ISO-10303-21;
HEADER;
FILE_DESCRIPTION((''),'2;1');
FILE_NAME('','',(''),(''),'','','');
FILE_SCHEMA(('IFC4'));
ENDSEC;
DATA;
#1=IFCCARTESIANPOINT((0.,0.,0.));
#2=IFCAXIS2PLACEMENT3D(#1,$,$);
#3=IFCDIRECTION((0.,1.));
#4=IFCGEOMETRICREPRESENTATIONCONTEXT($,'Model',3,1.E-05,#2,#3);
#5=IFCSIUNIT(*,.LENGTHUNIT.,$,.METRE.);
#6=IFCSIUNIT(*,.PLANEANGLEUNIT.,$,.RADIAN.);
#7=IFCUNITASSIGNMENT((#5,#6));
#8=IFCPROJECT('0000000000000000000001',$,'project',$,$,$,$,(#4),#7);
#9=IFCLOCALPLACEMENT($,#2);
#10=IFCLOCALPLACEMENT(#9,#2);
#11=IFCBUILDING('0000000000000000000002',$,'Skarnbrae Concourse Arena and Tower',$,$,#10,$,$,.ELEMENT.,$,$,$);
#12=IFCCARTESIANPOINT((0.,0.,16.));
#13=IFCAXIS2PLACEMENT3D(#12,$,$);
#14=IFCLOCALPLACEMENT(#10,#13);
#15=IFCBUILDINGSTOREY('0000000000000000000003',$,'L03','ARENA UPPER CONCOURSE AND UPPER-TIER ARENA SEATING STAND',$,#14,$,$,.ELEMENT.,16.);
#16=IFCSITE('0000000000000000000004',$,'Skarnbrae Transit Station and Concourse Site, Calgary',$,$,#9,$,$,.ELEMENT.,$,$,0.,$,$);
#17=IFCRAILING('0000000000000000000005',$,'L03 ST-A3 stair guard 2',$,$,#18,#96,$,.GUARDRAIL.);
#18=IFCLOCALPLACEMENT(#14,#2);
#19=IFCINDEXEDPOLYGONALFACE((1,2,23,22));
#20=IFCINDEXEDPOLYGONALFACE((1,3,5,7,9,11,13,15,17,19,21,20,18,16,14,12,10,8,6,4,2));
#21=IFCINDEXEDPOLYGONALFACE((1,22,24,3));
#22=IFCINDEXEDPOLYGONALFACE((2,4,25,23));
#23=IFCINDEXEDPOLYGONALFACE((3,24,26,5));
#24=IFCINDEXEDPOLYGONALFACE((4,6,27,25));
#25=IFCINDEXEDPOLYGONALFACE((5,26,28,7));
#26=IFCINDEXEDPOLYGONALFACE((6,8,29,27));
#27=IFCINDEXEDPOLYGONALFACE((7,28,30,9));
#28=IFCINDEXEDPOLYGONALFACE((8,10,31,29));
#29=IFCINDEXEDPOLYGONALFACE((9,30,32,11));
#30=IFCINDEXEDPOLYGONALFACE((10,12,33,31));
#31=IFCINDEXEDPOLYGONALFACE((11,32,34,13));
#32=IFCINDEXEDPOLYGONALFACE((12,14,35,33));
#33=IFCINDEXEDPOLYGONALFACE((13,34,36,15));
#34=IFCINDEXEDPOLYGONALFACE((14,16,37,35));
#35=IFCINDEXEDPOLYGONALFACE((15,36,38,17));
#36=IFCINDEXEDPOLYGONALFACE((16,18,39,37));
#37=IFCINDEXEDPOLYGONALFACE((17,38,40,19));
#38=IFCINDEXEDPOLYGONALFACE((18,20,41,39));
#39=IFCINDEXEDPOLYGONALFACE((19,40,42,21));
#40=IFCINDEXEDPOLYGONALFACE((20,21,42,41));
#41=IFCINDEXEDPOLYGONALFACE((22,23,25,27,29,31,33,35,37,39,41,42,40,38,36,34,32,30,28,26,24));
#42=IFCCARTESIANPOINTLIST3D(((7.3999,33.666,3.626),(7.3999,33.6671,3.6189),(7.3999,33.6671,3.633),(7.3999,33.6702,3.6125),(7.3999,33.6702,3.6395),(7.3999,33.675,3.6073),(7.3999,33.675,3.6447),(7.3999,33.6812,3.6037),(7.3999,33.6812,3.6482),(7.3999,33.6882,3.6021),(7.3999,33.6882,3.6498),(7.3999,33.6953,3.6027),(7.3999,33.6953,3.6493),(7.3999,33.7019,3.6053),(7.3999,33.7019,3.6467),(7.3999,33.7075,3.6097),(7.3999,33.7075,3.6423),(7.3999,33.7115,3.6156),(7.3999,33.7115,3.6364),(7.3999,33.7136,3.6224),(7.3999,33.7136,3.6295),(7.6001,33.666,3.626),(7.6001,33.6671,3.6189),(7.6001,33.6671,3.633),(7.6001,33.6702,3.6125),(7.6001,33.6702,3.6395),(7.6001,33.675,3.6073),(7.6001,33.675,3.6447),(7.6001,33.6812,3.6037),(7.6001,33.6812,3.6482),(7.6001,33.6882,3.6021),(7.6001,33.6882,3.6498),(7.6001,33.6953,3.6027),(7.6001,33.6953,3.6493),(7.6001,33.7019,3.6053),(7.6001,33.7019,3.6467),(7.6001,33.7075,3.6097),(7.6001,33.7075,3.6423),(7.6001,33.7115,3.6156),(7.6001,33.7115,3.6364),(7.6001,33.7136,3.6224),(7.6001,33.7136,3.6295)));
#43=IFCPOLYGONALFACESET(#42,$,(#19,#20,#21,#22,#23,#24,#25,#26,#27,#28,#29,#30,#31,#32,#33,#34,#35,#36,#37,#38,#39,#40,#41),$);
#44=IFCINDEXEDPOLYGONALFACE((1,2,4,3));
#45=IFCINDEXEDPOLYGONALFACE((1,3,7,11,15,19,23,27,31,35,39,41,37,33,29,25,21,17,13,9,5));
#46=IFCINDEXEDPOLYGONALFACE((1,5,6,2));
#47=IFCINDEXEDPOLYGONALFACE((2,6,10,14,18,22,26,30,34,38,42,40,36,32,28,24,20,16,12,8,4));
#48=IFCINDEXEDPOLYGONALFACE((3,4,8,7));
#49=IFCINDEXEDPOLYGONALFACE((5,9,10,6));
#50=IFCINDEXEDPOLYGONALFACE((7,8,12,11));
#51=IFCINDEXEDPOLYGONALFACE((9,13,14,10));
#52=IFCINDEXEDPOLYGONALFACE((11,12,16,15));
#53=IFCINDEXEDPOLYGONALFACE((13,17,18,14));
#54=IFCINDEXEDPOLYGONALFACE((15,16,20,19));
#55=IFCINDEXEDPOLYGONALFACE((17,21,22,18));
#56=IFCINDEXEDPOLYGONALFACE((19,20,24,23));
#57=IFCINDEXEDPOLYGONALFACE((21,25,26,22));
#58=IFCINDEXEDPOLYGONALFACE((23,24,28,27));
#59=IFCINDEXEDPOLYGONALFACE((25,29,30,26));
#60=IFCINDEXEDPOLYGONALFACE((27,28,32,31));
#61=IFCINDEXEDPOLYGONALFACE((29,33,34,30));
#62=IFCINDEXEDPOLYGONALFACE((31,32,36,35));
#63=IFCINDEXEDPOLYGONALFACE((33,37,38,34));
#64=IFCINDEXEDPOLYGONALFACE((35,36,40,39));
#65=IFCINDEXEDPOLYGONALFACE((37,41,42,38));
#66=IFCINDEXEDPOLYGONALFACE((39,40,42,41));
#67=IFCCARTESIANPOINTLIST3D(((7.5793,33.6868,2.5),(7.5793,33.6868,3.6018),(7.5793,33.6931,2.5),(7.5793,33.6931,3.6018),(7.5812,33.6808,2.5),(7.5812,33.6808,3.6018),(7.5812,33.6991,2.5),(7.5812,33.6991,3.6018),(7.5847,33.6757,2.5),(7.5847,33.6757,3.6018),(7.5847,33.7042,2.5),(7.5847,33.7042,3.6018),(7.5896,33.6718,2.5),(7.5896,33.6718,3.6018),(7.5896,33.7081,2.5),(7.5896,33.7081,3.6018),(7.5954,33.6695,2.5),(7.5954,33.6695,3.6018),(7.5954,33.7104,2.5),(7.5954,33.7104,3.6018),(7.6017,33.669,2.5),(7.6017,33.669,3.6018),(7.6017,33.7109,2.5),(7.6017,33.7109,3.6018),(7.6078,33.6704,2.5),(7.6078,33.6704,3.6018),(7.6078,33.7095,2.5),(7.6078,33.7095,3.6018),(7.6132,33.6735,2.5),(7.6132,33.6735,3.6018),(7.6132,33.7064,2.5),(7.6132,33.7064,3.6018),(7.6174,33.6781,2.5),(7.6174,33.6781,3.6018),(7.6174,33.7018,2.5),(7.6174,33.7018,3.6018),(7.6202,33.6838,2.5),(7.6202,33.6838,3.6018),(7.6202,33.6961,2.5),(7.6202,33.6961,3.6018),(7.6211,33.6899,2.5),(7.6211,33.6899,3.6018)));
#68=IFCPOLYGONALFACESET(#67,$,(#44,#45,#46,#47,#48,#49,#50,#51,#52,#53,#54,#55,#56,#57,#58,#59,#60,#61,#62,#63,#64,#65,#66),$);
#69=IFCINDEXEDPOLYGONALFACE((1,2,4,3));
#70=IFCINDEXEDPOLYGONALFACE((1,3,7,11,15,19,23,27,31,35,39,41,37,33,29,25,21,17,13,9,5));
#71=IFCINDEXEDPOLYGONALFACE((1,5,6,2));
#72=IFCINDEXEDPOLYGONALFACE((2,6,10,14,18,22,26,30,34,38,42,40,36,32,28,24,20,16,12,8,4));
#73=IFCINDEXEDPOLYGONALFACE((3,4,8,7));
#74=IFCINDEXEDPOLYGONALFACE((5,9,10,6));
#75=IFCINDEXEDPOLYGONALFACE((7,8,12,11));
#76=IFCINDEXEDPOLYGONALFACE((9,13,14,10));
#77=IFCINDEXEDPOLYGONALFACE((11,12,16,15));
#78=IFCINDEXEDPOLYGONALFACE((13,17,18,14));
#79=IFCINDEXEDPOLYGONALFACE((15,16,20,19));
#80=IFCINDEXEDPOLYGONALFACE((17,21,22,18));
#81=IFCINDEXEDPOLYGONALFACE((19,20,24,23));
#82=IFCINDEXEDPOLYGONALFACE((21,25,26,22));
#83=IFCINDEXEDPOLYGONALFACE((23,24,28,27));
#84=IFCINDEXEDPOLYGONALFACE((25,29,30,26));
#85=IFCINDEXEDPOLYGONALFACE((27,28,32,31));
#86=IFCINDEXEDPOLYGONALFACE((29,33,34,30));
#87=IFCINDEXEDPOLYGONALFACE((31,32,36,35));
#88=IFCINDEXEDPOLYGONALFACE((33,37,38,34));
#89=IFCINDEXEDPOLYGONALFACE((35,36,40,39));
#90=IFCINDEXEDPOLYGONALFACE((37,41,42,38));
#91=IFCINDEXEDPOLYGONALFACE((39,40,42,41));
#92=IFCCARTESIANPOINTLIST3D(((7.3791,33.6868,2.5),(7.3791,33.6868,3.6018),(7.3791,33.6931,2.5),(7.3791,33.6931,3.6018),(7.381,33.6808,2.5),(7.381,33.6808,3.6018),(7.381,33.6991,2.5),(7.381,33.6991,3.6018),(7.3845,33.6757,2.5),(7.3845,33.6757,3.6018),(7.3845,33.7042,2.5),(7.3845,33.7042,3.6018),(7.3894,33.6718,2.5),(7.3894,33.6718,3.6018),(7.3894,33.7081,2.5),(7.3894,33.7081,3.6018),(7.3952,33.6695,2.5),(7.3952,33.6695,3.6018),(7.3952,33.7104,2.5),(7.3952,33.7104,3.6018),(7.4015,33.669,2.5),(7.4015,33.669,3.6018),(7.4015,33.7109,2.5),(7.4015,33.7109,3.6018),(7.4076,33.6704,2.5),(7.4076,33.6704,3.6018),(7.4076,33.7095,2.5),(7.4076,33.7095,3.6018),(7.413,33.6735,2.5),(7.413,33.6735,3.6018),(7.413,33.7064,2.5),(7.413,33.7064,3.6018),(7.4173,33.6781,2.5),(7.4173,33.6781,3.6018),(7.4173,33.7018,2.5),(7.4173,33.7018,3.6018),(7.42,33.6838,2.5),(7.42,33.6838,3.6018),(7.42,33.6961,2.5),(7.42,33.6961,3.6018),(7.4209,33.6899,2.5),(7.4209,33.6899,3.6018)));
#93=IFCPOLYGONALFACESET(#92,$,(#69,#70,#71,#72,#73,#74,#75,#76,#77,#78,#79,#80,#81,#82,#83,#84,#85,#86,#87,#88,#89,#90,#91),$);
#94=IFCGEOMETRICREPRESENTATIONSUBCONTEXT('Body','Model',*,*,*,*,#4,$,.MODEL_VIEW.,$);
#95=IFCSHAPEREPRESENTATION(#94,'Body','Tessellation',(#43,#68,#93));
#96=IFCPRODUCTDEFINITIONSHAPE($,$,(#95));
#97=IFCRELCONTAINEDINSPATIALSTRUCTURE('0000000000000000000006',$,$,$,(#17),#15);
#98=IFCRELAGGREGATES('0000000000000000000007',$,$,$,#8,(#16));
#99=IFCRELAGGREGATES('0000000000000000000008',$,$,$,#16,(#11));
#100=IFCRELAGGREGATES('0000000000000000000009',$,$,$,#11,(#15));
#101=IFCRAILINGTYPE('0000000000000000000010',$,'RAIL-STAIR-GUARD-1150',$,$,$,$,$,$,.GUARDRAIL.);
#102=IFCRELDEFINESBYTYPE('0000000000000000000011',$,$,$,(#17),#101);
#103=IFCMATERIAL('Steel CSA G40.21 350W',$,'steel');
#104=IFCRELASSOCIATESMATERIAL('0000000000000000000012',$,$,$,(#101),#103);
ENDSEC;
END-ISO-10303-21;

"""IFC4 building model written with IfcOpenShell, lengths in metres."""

from ifc_helpers import new_model, si_unit, direction, frame, origin, origin_2d, place, context, subcontext, project, spatial, circle, extrude, material, type_object, element, save


model = new_model("IFC4")

# Units and contexts
model_context = context("Model", 3, precision=1e-05, world=origin(), true_north=direction((0.0, 1.0)))
body_context = subcontext(model_context, "Body", "Model", "MODEL_VIEW")
ifc_project = project(units=[si_unit("LENGTHUNIT", "METRE"), si_unit("PLANEANGLEUNIT", "RADIAN")], contexts=[model_context])

# Site, building, storey
site_placement = place(None, origin())
site = spatial("IfcSite", under=ifc_project, at=site_placement, Name="Skarnbrae Transit Station and Concourse Site, Calgary", CompositionType="ELEMENT", RefElevation=0.0)
building_placement = place(site_placement, origin())
building = spatial("IfcBuilding", under=site, at=building_placement, Name="Skarnbrae Concourse Arena and Tower", CompositionType="ELEMENT")
storey_placement = place(building_placement, frame((0.0, 0.0, 16.0)))
storey = spatial("IfcBuildingStorey", under=building, at=storey_placement, Name="L03", Description="ARENA UPPER CONCOURSE AND UPPER-TIER ARENA SEATING STAND", CompositionType="ELEMENT", Elevation=16.0)

# Shared definitions
ifc_material_1 = material(Name="Steel CSA G40.21 350W", Category="steel")

# Railing
railing_type_1 = type_object("IfcRailingType", Name="RAIL-STAIR-GUARD-1150", PredefinedType="GUARDRAIL", material=ifc_material_1)
railing_1_placement = place(storey_placement, frame((7.6001, 33.6899, 2.5)))
element("IfcRailing", 1, at=railing_1_placement, inside=storey, type_object=railing_type_1, Name="L03 ST-A3 stair guard 2", PredefinedType="GUARDRAIL", context=body_context, shape_type="SweptSolid", body=[
    extrude(circle(Radius=0.0239, at=origin_2d()), frame((0.0, 0.0, 1.126), z_axis=(-1.0, 0.0, 0.0), x_axis=(0.0, -1.0, 0.0)), (0.0, 0.0, 1.0), 0.2002),
    extrude(circle(Radius=0.021, at=origin_2d()), origin(), (0.0, 0.0, 1.0), 1.1018),
    extrude(circle(Radius=0.021, at=origin_2d()), frame((-0.2002, 0.0, 0.0)), (0.0, 0.0, 1.0), 1.1018),
])

save(model, "model.ifc")
